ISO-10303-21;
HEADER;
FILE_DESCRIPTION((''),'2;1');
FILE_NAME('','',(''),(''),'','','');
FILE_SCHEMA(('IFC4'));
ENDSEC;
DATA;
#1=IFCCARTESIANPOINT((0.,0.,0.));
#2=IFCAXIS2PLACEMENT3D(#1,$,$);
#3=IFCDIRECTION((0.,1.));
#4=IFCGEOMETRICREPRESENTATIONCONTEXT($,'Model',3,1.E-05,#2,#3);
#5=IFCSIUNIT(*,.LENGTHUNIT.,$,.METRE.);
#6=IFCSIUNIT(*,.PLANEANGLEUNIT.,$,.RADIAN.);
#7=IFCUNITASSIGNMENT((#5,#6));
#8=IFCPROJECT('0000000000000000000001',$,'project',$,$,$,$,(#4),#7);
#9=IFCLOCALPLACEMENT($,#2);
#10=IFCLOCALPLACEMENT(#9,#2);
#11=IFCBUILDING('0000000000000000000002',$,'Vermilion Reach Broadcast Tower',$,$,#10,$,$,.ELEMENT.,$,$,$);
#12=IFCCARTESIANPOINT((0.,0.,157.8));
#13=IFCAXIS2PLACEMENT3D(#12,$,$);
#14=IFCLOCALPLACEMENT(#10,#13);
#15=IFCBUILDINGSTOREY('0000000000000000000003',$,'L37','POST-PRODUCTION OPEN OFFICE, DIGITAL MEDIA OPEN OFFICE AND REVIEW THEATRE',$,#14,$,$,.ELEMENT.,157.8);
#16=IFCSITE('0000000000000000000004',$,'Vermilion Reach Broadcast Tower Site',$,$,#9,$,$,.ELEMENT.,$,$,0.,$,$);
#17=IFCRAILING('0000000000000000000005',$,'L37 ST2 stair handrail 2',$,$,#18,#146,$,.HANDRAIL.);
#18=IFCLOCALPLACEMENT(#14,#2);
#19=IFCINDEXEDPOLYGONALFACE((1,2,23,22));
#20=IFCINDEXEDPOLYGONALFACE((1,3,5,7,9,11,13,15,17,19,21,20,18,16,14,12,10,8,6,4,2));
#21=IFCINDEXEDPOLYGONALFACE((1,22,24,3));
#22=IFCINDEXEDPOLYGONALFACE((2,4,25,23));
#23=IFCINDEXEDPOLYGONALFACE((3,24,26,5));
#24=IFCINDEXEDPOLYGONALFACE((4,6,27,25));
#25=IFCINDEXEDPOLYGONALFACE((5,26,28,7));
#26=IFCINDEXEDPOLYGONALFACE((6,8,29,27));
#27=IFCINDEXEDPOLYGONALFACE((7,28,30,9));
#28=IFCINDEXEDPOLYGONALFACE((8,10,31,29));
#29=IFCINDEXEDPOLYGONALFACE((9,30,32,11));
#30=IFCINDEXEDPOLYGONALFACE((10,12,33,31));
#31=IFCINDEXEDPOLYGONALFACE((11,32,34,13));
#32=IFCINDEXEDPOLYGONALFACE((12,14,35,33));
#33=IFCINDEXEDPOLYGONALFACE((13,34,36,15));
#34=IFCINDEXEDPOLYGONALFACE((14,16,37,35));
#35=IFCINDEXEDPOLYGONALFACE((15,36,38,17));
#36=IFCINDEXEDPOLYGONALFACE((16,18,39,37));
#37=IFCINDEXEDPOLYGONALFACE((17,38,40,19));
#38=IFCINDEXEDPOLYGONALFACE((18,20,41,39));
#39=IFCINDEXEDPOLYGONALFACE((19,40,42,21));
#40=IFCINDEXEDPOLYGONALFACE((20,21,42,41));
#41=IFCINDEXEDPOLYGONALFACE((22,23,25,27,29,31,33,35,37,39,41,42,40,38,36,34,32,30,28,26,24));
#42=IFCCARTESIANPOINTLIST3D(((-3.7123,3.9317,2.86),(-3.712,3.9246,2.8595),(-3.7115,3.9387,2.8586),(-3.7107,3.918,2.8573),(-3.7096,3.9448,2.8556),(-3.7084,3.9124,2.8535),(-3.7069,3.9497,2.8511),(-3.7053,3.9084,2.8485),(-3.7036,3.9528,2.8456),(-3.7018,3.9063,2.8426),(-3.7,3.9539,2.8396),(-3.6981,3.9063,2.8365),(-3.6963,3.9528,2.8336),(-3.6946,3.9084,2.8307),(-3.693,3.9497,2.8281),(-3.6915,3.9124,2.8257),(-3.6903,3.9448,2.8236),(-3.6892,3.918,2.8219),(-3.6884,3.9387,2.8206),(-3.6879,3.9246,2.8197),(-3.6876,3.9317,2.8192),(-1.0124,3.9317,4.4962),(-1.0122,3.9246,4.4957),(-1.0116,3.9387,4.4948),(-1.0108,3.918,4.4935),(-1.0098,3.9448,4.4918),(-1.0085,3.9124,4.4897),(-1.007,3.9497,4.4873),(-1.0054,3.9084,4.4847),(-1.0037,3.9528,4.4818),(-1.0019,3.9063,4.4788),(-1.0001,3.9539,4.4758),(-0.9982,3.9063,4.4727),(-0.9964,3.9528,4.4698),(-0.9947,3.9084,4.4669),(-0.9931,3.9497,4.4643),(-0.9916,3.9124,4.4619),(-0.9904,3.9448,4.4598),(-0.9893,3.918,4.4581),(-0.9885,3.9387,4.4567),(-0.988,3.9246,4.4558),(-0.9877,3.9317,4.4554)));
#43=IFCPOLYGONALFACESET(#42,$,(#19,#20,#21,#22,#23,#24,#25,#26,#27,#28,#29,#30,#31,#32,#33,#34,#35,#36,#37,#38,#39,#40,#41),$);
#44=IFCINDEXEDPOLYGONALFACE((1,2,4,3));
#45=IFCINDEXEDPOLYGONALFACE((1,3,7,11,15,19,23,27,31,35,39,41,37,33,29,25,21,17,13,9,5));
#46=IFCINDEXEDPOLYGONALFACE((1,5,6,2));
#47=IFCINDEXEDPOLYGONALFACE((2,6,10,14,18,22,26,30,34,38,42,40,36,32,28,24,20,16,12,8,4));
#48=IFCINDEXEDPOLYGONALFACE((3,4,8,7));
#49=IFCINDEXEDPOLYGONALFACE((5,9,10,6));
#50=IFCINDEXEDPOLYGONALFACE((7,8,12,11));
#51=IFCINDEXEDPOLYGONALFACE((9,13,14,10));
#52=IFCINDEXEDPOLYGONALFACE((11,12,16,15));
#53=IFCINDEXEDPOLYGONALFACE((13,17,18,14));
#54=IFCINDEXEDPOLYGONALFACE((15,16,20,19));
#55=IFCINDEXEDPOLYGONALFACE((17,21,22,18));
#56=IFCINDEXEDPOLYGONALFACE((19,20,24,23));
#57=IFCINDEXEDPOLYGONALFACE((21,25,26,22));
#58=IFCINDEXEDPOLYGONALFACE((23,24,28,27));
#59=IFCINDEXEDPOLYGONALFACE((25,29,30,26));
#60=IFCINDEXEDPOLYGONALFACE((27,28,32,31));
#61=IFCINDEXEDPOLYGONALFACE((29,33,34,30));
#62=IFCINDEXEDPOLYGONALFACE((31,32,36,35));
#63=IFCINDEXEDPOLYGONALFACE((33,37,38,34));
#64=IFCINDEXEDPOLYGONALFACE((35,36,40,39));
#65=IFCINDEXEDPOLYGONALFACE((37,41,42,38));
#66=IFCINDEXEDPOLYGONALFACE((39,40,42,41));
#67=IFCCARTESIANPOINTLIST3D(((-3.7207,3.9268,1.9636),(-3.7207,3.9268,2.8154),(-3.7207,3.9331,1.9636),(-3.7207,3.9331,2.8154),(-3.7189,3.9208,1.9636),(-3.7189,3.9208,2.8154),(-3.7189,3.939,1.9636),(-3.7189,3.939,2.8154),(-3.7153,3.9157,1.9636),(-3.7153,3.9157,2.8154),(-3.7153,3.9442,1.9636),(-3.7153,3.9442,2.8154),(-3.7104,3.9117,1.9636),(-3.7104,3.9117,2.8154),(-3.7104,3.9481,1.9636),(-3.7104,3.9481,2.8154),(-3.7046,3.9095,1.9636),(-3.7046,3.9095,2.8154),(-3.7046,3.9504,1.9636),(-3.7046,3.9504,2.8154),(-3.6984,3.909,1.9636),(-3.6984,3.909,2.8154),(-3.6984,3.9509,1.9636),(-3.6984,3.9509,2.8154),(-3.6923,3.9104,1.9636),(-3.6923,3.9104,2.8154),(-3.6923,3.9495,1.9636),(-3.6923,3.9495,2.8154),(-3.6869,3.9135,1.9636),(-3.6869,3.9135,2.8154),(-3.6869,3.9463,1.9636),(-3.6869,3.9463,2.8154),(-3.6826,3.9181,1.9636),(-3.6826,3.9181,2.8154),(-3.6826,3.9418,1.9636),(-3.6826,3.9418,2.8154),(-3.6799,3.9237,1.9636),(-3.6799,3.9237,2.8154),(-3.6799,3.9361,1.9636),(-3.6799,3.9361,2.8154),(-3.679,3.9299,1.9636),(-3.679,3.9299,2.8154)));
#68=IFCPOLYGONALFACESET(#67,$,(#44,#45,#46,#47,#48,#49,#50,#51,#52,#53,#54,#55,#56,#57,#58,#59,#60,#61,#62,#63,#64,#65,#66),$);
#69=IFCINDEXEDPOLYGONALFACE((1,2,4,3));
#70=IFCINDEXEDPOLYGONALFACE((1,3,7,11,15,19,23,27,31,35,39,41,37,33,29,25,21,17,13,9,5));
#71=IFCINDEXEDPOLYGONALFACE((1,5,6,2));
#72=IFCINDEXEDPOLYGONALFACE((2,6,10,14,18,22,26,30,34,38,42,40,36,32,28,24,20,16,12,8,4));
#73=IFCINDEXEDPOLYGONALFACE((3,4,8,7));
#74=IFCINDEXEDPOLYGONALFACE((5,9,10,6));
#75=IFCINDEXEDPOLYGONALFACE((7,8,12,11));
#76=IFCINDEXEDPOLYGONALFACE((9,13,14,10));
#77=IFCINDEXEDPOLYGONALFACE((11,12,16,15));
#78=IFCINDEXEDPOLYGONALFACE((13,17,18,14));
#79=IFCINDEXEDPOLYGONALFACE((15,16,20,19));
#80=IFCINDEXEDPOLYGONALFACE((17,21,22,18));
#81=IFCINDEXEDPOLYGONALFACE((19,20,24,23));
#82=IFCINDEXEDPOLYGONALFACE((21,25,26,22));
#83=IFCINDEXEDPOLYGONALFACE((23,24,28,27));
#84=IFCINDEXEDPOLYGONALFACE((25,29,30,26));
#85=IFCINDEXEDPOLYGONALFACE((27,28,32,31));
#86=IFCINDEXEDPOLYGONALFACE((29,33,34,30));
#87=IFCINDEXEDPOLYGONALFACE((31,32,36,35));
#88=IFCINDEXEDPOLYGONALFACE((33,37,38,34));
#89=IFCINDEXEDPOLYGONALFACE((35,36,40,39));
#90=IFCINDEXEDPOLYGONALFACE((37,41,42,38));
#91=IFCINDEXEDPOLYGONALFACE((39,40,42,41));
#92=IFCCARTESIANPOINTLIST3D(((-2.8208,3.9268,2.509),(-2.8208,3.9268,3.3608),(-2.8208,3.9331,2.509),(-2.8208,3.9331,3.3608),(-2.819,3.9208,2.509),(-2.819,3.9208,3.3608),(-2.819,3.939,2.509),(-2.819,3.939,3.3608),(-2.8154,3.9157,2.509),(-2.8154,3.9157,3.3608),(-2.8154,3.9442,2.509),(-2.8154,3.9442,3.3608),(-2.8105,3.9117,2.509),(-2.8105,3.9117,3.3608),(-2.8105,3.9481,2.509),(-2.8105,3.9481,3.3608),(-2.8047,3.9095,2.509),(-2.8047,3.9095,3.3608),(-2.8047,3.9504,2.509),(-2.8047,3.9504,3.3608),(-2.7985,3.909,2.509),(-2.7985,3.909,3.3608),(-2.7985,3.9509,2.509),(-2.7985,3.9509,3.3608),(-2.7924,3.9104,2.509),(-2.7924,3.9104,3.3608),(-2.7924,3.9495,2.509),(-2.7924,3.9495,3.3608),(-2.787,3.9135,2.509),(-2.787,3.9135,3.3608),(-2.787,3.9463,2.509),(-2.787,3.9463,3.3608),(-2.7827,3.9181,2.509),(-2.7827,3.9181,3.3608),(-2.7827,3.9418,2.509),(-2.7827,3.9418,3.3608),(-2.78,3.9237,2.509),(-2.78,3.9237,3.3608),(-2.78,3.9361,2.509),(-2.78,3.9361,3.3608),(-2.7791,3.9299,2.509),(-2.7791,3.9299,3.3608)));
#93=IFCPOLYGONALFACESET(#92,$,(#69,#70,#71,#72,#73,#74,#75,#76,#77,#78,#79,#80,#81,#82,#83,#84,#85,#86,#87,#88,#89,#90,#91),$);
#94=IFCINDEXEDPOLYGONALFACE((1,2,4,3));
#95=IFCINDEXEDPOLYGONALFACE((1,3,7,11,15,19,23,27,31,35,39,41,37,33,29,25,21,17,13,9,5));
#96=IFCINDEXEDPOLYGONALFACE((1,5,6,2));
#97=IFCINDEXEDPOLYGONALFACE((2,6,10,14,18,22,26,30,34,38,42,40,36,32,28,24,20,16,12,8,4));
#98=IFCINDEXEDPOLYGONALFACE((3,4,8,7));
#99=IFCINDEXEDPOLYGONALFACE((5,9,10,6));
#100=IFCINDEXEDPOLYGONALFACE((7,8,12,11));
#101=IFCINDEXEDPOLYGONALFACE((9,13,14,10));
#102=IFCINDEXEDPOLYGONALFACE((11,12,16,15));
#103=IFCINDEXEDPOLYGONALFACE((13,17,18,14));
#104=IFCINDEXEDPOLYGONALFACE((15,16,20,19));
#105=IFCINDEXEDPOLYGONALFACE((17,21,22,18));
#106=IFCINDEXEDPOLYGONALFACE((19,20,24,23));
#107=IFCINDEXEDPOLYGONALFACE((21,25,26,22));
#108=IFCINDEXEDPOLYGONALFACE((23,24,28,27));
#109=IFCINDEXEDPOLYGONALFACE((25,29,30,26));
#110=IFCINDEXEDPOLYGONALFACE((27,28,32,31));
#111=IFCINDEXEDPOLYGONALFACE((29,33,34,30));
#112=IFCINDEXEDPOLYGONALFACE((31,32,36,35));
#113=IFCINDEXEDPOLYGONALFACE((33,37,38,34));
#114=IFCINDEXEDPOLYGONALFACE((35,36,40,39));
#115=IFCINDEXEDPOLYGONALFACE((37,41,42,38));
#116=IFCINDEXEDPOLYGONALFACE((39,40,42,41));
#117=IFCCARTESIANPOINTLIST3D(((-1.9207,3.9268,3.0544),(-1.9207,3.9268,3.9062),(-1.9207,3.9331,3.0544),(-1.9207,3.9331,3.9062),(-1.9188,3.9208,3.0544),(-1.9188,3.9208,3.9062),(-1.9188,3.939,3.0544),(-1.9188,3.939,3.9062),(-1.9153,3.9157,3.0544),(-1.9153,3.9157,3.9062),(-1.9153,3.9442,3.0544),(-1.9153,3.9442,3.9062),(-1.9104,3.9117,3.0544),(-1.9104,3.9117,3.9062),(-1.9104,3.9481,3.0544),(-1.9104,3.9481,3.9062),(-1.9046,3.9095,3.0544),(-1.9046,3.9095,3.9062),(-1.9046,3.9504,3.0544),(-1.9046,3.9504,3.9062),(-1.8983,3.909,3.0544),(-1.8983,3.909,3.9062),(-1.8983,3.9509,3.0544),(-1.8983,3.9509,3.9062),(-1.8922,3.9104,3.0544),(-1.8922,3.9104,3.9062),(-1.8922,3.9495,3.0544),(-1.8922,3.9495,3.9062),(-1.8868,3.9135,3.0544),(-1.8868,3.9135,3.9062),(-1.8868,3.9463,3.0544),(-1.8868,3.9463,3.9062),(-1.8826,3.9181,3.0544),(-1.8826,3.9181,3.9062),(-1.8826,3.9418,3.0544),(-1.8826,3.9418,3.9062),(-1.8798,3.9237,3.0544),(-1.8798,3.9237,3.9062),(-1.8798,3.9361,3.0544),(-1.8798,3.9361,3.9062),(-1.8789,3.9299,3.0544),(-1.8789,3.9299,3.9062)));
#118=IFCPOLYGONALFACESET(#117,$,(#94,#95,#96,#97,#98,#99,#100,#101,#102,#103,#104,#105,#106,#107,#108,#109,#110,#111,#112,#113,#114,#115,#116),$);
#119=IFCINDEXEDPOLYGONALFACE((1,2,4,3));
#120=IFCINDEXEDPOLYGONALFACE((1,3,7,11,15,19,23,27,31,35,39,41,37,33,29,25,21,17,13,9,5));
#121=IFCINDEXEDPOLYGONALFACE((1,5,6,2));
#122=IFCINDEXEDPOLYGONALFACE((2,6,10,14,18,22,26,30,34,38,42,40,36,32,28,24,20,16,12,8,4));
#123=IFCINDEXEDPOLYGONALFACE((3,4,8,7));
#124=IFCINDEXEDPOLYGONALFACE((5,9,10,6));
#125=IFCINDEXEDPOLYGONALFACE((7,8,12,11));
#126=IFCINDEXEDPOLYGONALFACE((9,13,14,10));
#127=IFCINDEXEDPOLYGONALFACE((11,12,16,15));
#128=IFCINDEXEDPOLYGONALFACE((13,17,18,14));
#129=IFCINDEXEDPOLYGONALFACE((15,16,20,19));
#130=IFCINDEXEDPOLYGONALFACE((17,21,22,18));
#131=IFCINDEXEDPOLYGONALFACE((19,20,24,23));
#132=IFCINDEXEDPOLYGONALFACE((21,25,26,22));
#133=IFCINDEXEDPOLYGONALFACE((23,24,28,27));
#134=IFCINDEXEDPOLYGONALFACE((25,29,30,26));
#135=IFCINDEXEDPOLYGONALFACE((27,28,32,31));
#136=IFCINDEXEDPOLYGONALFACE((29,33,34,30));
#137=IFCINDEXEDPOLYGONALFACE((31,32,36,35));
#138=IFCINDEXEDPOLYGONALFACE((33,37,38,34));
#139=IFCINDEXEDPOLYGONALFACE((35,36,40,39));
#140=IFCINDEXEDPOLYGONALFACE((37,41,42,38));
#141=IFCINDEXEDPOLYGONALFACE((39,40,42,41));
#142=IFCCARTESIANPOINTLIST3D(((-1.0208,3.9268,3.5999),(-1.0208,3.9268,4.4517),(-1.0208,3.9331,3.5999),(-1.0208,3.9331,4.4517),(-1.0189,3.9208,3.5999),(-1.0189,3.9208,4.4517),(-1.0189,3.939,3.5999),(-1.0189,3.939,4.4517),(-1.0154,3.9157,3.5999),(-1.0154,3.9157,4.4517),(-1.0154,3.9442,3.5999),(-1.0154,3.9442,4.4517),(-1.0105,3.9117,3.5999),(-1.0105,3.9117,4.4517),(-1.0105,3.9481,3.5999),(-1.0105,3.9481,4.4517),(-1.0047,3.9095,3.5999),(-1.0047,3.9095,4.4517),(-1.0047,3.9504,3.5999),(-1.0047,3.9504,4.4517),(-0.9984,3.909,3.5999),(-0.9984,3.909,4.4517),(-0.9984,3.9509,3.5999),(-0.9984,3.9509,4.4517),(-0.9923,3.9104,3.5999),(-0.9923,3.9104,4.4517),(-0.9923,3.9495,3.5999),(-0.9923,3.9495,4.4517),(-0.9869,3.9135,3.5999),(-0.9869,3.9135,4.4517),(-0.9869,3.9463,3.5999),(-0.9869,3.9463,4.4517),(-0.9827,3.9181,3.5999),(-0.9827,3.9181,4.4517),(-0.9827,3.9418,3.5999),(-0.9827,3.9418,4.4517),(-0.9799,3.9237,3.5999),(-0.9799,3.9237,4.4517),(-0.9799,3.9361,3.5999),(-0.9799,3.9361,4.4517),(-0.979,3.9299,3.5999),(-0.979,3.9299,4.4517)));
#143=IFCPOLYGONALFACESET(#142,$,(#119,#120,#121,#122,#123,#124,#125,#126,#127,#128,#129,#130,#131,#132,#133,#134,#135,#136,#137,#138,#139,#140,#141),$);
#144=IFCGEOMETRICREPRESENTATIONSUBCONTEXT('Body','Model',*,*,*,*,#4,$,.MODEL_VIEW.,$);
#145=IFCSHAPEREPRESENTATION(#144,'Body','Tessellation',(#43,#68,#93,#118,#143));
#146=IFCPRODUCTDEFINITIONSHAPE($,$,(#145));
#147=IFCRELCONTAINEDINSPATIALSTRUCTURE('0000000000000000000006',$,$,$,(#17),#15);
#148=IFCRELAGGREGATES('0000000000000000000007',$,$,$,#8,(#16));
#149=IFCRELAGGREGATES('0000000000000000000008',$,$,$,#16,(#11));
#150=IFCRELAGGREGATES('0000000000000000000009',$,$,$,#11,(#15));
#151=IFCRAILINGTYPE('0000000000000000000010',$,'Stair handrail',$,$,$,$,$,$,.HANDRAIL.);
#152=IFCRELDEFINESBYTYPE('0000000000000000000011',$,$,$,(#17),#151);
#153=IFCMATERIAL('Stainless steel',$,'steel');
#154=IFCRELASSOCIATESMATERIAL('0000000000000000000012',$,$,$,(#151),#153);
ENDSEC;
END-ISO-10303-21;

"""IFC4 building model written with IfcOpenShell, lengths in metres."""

from ifc_helpers import new_model, si_unit, direction, frame, origin, origin_2d, place, context, subcontext, project, spatial, circle, extrude, material, type_object, element, save


model = new_model("IFC4")

# Units and contexts
model_context = context("Model", 3, precision=1e-05, world=origin(), true_north=direction((0.0, 1.0)))
body_context = subcontext(model_context, "Body", "Model", "MODEL_VIEW")
ifc_project = project(units=[si_unit("LENGTHUNIT", "METRE"), si_unit("PLANEANGLEUNIT", "RADIAN")], contexts=[model_context])

# Site, building, storey
site_placement = place(None, origin())
site = spatial("IfcSite", under=ifc_project, at=site_placement, Name="Vermilion Reach Broadcast Tower Site", CompositionType="ELEMENT", RefElevation=0.0)
building_placement = place(site_placement, origin())
building = spatial("IfcBuilding", under=site, at=building_placement, Name="Vermilion Reach Broadcast Tower", CompositionType="ELEMENT")
storey_placement = place(building_placement, frame((0.0, 0.0, 157.8)))
storey = spatial("IfcBuildingStorey", under=building, at=storey_placement, Name="L37", Description="POST-PRODUCTION OPEN OFFICE, DIGITAL MEDIA OPEN OFFICE AND REVIEW THEATRE", CompositionType="ELEMENT", Elevation=157.8)

# Railing
ifc_material_1 = material(Name="Stainless steel", Category="steel")
railing_type_1 = type_object("IfcRailingType", Name="Stair handrail", PredefinedType="HANDRAIL", material=ifc_material_1)
railing_1_placement = place(storey_placement, frame((-3.7, 3.9299, 1.9636)))
element("IfcRailing", 1, at=railing_1_placement, inside=storey, type_object=railing_type_1, Name="L37 ST2 stair handrail 2", PredefinedType="HANDRAIL", context=body_context, shape_type="SweptSolid", body=[
    extrude(circle(Radius=0.0239, at=origin_2d()), frame((0.0, 0.0, 0.876), z_axis=(0.855212, 0.0, 0.518278), x_axis=(0.0, 1.0, 0.0)), (0.0, 0.0, 1.0), 3.157),
    extrude(circle(Radius=0.021, at=origin_2d()), origin(), (0.0, 0.0, 1.0), 0.8518),
    extrude(circle(Radius=0.021, at=origin_2d()), frame((0.8999, 0.0, 0.5454)), (0.0, 0.0, 1.0), 0.8518),
    extrude(circle(Radius=0.021, at=origin_2d()), frame((1.8, 0.0, 1.0908)), (0.0, 0.0, 1.0), 0.8518),
    extrude(circle(Radius=0.021, at=origin_2d()), frame((2.7, 0.0, 1.6362)), (0.0, 0.0, 1.0), 0.8518),
])

save(model, "model.ifc")
